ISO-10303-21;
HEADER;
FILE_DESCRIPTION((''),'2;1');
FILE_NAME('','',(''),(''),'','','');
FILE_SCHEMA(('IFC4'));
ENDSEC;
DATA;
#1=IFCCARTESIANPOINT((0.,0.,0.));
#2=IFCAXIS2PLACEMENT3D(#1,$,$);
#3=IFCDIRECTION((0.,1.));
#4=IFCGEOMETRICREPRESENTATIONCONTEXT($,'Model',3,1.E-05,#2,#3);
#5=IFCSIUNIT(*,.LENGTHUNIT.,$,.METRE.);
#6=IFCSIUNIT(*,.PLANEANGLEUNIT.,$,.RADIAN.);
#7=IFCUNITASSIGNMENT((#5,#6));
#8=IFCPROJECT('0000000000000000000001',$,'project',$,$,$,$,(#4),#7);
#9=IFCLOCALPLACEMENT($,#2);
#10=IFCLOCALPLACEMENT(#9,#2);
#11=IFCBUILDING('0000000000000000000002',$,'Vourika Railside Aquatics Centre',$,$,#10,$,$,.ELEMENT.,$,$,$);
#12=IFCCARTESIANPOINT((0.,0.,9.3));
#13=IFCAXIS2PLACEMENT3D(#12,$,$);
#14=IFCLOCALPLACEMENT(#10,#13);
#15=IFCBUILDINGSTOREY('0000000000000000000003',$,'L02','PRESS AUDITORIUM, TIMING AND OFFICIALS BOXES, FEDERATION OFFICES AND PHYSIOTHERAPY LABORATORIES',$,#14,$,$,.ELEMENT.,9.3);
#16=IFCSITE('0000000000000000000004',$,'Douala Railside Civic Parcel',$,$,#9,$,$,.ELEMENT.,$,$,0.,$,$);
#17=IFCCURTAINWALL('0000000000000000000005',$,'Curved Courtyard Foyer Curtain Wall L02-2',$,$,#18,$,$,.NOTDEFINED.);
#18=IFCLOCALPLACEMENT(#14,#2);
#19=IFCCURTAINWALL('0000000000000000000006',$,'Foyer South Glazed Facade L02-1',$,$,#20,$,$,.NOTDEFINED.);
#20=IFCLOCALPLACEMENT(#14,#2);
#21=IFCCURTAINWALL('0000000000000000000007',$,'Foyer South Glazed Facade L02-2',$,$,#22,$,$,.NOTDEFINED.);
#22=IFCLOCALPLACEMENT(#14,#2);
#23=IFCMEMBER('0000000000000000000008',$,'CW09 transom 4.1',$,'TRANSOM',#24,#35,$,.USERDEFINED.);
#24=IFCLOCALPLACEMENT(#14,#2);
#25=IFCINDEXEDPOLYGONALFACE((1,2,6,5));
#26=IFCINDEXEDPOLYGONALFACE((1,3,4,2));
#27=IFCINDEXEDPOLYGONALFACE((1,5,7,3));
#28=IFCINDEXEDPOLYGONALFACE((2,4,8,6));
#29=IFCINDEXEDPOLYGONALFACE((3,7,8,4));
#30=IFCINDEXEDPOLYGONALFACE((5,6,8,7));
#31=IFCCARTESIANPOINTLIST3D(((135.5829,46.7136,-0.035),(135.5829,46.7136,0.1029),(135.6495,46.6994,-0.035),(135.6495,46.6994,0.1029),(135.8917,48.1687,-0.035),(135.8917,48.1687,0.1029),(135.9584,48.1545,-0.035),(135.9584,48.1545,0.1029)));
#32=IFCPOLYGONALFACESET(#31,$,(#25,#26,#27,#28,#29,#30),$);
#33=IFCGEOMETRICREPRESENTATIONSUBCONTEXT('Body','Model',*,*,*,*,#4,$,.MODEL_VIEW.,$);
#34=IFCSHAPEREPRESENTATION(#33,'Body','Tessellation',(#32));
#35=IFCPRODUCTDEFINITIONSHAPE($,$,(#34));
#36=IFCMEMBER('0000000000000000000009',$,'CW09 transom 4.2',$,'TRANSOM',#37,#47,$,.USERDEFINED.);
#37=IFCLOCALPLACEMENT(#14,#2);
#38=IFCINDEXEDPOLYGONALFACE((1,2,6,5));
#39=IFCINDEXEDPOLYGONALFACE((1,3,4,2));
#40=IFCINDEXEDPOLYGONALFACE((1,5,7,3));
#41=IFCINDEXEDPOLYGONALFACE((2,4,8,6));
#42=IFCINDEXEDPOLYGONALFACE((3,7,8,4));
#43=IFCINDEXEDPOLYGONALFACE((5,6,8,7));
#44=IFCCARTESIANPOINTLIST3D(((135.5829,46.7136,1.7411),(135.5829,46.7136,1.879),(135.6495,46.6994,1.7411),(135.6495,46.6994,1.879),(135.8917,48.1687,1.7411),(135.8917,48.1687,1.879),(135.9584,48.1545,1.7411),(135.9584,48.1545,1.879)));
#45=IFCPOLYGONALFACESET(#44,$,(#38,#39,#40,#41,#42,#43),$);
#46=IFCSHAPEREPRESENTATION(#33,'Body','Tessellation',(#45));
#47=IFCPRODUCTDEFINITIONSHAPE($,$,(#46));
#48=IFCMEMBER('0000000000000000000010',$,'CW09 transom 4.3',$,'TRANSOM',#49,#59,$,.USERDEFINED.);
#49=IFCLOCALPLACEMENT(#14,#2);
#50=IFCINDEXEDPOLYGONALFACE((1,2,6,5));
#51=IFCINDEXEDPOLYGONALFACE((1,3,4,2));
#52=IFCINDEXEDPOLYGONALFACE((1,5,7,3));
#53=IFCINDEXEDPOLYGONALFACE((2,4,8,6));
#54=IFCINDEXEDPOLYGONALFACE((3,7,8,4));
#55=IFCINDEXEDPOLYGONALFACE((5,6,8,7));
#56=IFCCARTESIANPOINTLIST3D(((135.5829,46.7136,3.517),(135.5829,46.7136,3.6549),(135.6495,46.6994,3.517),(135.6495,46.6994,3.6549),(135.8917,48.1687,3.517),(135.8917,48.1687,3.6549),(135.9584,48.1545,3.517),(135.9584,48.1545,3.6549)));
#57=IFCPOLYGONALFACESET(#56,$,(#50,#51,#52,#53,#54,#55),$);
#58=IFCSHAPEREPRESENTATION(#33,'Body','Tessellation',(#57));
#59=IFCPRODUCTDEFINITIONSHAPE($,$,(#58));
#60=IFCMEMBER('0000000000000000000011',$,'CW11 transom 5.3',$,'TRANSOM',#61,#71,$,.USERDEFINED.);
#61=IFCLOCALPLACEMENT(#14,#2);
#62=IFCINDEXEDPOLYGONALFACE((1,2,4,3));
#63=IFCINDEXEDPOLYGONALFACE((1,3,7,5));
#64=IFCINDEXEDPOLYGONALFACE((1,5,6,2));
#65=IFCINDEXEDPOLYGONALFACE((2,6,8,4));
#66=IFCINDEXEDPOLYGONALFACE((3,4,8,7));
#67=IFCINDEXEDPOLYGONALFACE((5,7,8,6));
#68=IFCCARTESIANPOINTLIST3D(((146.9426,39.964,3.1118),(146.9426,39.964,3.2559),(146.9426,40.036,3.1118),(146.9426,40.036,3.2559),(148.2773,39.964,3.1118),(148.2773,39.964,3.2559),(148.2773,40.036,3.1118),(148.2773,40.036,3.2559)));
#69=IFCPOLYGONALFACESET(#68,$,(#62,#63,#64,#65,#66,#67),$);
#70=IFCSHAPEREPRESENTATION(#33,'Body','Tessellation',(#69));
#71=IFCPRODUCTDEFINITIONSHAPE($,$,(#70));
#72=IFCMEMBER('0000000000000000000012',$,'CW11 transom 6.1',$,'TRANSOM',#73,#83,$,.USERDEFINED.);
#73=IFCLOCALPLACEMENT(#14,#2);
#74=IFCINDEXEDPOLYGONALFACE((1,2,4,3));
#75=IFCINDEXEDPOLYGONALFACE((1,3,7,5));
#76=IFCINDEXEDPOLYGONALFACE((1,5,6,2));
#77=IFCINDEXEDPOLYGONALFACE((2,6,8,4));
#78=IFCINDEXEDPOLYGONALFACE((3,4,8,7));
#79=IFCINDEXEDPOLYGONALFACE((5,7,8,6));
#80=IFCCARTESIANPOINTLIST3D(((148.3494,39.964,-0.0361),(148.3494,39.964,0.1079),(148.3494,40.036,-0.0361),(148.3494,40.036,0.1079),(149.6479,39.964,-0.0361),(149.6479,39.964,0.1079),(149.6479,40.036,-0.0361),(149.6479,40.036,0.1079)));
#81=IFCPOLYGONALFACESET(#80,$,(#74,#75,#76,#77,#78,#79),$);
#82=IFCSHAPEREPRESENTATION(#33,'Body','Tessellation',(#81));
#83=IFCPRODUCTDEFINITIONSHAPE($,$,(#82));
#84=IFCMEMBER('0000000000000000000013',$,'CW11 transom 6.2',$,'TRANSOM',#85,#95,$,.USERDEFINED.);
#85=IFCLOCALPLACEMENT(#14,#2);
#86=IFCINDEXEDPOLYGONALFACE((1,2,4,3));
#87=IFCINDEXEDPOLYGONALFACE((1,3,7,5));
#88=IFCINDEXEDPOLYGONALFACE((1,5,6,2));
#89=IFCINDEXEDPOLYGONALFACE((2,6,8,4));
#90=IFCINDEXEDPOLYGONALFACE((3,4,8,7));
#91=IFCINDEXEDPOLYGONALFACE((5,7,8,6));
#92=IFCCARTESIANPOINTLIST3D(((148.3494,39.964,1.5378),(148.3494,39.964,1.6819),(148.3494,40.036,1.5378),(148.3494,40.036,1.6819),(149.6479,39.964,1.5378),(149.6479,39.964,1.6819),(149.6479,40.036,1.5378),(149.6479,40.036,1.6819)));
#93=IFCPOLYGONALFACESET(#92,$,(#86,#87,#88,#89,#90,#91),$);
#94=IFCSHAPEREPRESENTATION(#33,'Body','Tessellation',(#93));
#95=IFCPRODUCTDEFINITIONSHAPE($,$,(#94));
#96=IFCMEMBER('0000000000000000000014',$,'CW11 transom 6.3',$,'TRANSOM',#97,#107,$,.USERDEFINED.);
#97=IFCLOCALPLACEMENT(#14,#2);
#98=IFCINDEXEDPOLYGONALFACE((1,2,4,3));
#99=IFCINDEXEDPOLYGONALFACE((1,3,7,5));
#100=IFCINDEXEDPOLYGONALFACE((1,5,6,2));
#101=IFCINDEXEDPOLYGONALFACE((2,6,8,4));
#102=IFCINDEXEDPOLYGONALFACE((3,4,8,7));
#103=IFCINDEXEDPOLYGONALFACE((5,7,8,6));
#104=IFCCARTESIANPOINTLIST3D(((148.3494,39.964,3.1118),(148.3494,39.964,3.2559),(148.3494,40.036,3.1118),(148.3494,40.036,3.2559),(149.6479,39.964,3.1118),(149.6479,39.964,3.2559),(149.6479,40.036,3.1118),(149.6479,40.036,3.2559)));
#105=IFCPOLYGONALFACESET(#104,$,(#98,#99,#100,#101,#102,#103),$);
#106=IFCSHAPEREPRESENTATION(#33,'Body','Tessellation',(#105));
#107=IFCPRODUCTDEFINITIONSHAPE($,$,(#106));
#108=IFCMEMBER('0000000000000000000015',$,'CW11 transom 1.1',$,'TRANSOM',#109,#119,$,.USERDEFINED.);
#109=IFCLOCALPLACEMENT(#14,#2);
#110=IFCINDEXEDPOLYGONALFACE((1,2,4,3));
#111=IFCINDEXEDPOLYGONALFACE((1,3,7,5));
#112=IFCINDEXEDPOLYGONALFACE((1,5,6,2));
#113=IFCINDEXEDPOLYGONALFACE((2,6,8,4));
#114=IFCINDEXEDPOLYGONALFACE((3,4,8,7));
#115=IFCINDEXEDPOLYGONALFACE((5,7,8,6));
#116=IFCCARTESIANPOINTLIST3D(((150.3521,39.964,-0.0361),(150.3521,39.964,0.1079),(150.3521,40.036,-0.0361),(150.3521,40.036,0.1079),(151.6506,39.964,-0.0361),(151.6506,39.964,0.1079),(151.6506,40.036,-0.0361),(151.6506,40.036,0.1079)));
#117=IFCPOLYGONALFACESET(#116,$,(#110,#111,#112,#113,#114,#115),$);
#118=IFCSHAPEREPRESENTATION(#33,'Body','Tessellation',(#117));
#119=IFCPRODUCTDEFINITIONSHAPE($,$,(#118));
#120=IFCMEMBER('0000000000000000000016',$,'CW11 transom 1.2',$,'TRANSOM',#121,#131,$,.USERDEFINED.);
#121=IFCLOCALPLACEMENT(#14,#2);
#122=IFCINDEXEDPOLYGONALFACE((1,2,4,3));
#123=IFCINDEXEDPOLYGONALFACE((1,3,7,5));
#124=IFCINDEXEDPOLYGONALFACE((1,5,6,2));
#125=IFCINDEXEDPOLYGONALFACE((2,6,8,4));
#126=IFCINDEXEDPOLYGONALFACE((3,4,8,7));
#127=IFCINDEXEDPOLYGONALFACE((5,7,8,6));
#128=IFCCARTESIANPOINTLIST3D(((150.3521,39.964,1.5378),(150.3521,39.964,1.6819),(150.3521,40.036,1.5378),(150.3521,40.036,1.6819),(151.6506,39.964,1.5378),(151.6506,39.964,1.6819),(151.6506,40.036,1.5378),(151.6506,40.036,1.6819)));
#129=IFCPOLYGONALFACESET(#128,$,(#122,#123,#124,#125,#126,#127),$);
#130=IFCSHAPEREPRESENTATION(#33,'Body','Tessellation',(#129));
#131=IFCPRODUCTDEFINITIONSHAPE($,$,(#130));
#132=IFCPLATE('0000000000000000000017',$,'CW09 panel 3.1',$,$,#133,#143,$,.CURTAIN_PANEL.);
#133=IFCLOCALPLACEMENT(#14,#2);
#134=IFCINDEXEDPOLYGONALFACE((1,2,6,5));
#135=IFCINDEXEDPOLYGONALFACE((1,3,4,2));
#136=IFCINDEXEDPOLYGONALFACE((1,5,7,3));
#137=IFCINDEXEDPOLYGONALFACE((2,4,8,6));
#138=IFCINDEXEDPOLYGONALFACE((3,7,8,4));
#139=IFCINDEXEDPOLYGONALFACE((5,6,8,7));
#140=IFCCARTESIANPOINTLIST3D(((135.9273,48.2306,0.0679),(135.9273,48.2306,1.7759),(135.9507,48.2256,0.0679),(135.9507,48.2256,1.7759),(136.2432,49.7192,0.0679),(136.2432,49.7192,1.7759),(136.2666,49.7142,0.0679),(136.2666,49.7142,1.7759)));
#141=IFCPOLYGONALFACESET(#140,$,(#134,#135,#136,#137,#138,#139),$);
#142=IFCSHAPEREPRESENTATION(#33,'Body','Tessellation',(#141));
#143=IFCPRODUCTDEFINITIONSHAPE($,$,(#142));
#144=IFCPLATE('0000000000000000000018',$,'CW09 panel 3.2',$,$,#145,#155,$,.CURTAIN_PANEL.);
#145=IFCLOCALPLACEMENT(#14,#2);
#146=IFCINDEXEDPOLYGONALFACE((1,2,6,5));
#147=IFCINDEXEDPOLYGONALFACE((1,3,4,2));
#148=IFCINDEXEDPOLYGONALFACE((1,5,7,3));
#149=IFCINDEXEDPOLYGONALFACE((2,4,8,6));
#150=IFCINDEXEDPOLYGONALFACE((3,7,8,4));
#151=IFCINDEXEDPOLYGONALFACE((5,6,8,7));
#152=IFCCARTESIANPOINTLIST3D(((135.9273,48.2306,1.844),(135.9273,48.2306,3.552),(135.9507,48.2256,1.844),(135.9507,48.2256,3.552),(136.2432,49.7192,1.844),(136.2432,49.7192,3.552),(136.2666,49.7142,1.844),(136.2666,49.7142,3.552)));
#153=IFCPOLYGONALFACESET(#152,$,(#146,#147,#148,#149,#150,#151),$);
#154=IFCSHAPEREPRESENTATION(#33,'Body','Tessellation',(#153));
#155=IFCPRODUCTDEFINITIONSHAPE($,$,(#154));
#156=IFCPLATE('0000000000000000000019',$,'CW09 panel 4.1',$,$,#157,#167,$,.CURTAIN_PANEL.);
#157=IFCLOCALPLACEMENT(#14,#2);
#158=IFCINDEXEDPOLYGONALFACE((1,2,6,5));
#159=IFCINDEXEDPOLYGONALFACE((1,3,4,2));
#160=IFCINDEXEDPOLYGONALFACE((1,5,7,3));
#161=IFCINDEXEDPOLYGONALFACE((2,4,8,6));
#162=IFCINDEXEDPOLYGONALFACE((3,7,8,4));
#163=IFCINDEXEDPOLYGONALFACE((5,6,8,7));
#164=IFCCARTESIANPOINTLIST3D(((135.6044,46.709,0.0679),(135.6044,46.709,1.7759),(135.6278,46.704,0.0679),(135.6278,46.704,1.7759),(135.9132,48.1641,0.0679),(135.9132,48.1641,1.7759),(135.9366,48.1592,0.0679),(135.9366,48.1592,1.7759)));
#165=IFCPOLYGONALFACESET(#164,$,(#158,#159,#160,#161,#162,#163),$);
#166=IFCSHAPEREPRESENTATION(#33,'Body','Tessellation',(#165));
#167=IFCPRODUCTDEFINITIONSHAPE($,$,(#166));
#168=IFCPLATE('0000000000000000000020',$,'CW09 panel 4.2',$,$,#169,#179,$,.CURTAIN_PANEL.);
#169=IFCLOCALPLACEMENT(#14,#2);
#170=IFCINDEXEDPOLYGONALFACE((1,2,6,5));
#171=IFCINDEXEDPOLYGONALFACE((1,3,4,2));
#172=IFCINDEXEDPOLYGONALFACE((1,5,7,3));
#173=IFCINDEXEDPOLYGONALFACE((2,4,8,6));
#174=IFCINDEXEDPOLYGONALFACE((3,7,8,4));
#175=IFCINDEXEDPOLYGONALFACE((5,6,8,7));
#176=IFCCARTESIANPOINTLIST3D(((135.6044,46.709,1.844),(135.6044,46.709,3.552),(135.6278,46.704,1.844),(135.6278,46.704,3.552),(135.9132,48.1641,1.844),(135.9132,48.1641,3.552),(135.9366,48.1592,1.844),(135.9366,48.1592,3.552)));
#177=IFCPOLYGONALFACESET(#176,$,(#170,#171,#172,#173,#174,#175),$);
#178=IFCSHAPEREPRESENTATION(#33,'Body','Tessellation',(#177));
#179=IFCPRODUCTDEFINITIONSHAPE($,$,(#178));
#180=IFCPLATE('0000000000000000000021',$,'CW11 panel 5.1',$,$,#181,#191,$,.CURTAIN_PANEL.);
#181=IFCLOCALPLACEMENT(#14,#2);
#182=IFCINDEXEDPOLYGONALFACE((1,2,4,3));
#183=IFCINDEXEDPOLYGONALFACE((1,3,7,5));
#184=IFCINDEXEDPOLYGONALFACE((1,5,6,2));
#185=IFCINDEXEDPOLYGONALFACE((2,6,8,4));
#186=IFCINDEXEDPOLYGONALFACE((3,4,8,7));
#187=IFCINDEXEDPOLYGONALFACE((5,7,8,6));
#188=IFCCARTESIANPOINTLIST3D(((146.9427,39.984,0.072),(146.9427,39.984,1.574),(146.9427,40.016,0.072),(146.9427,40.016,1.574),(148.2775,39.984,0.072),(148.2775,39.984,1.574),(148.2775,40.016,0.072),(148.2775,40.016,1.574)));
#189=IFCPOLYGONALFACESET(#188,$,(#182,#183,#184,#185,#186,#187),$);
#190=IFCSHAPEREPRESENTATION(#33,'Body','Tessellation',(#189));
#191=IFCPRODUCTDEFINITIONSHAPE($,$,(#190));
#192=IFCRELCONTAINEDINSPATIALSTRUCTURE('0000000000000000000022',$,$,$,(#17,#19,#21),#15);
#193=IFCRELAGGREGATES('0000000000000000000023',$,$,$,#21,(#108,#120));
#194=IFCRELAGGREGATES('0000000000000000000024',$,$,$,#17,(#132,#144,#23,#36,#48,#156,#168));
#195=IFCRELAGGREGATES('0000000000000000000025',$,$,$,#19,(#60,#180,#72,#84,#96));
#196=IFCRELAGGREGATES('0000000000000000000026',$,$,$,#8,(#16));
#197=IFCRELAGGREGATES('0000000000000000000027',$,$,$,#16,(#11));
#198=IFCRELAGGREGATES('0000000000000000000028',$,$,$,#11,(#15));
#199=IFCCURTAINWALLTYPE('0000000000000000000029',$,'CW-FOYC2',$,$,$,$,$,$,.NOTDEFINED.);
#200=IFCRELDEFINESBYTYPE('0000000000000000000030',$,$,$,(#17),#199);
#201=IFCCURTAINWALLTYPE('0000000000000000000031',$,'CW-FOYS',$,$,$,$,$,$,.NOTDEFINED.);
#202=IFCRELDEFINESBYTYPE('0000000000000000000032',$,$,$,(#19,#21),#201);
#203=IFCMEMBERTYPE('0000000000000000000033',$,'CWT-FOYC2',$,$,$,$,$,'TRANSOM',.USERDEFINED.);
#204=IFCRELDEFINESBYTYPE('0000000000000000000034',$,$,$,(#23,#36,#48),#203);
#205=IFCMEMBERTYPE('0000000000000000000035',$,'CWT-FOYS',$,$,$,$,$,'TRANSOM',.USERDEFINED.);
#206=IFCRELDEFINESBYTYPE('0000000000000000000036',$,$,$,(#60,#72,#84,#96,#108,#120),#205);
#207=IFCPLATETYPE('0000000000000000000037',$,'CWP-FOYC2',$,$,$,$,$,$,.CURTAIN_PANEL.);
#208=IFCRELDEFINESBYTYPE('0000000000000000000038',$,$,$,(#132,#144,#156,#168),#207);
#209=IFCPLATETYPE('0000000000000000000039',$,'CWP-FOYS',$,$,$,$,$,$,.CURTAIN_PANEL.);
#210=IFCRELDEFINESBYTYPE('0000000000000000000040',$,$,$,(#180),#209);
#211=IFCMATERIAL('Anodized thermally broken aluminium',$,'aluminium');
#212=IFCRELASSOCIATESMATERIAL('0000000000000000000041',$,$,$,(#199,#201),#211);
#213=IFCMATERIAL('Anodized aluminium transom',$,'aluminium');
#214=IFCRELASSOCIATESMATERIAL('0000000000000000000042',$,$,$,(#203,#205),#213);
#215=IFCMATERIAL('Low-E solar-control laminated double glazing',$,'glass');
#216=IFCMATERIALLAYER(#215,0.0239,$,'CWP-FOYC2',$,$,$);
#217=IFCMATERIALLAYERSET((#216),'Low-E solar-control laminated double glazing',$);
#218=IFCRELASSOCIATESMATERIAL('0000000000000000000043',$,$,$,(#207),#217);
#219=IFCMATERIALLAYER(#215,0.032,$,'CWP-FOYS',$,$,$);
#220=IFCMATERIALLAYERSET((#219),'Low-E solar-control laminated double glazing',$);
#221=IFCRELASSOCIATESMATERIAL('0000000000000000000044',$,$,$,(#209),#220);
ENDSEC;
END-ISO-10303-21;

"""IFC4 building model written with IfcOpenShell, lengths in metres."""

from ifc_helpers import new_model, si_unit, direction, frame, origin, origin_2d, place, context, subcontext, project, spatial, rectangle, extrude, material, layer, layer_set, material_profile, profile_set, type_object, element, aggregate, save


model = new_model("IFC4")

# Units and contexts
model_context = context("Model", 3, precision=1e-05, world=origin(), true_north=direction((0.0, 1.0)))
body_context = subcontext(model_context, "Body", "Model", "MODEL_VIEW")
ifc_project = project(units=[si_unit("LENGTHUNIT", "METRE"), si_unit("PLANEANGLEUNIT", "RADIAN")], contexts=[model_context])

# Site, building, storey
site_placement = place(None, origin())
site = spatial("IfcSite", under=ifc_project, at=site_placement, Name="Douala Railside Civic Parcel", CompositionType="ELEMENT", RefElevation=0.0)
building_placement = place(site_placement, origin())
building = spatial("IfcBuilding", under=site, at=building_placement, Name="Vourika Railside Aquatics Centre", CompositionType="ELEMENT")
storey_placement = place(building_placement, frame((0.0, 0.0, 9.3)))
storey = spatial("IfcBuildingStorey", under=building, at=storey_placement, Name="L02", Description="PRESS AUDITORIUM, TIMING AND OFFICIALS BOXES, FEDERATION OFFICES AND PHYSIOTHERAPY LABORATORIES", CompositionType="ELEMENT", Elevation=9.3)

# Curtain wall
ifc_material_1 = material(Name="Anodized thermally broken aluminium", Category="aluminium")
curtain_wall_type_1 = type_object("IfcCurtainWallType", Name="CW-FOYC2", PredefinedType="NOTDEFINED", material=ifc_material_1)
curtain_wall_1_placement = place(storey_placement, origin())
curtain_wall_1 = element("IfcCurtainWall", 1, at=curtain_wall_1_placement, inside=storey, type_object=curtain_wall_type_1, Name="Curved Courtyard Foyer Curtain Wall L02-2", PredefinedType="NOTDEFINED")

# Curtain wall
curtain_wall_type_2 = type_object("IfcCurtainWallType", Name="CW-FOYS", PredefinedType="NOTDEFINED", material=ifc_material_1)
curtain_wall_2_placement = place(storey_placement, origin())
curtain_wall_2 = element("IfcCurtainWall", 2, at=curtain_wall_2_placement, inside=storey, type_object=curtain_wall_type_2, Name="Foyer South Glazed Facade L02-1", PredefinedType="NOTDEFINED")

# Curtain wall
curtain_wall_3_placement = place(storey_placement, origin())
curtain_wall_3 = element("IfcCurtainWall", 3, at=curtain_wall_3_placement, inside=storey, type_object=curtain_wall_type_2, Name="Foyer South Glazed Facade L02-2", PredefinedType="NOTDEFINED")

# Members
ifc_material_2 = material(Name="Anodized aluminium transom", Category="aluminium")
ifc_material_profile_1 = material_profile(ifc_material_2, rectangle(XDim=0.0681, YDim=0.1379, at=origin_2d()), Name="ALU-T 68x138")
ifc_profile_set_1 = profile_set([ifc_material_profile_1], Name="Anodized aluminium transom")
member_type_1 = type_object("IfcMemberType", Name="CWT-FOYC2", ElementType="TRANSOM", PredefinedType="USERDEFINED", material=ifc_profile_set_1)
member_1_placement = place(storey_placement, frame((135.925, 48.1616, 0.0339), z_axis=(-0.207623, -0.978209, 0.0), x_axis=(0.978209, -0.207623, 0.0)))
member_1 = element("IfcMember", 4, at=member_1_placement, type_object=member_type_1, Name="CW09 transom 4.1", ObjectType="TRANSOM", PredefinedType="USERDEFINED", context=body_context, shape_type="SweptSolid", body=[
    extrude(rectangle(XDim=0.0681, YDim=0.1379, at=origin_2d()), origin(), (0.0, 0.0, 1.0), 1.4875),
])
member_2_placement = place(storey_placement, frame((135.925, 48.1616, 1.8101), z_axis=(-0.207623, -0.978209, 0.0), x_axis=(0.978209, -0.207623, 0.0)))
member_2 = element("IfcMember", 5, at=member_2_placement, type_object=member_type_1, Name="CW09 transom 4.2", ObjectType="TRANSOM", PredefinedType="USERDEFINED", context=body_context, shape_type="SweptSolid", body=[
    extrude(rectangle(XDim=0.0681, YDim=0.1379, at=origin_2d()), origin(), (0.0, 0.0, 1.0), 1.4875),
])
member_3_placement = place(storey_placement, frame((135.925, 48.1616, 3.5859), z_axis=(-0.207623, -0.978209, 0.0), x_axis=(0.978209, -0.207623, 0.0)))
member_3 = element("IfcMember", 6, at=member_3_placement, type_object=member_type_1, Name="CW09 transom 4.3", ObjectType="TRANSOM", PredefinedType="USERDEFINED", context=body_context, shape_type="SweptSolid", body=[
    extrude(rectangle(XDim=0.0681, YDim=0.1379, at=origin_2d()), origin(), (0.0, 0.0, 1.0), 1.4875),
])
ifc_material_profile_2 = material_profile(ifc_material_2, rectangle(XDim=0.072, YDim=0.144, at=origin_2d()), Name="ALU-T 72x144")
ifc_profile_set_2 = profile_set([ifc_material_profile_2], Name="Anodized aluminium transom")
member_type_2 = type_object("IfcMemberType", Name="CWT-FOYS", ElementType="TRANSOM", PredefinedType="USERDEFINED", material=ifc_profile_set_2)
member_4_placement = place(storey_placement, frame((146.9426, 40.0, 3.1838), z_axis=(1.0, 0.0, 0.0), x_axis=(0.0, 1.0, 0.0)))
member_4 = element("IfcMember", 7, at=member_4_placement, type_object=member_type_2, Name="CW11 transom 5.3", ObjectType="TRANSOM", PredefinedType="USERDEFINED", context=body_context, shape_type="SweptSolid", body=[
    extrude(rectangle(XDim=0.072, YDim=0.144, at=origin_2d()), origin(), (0.0, 0.0, 1.0), 1.3347),
])
member_5_placement = place(storey_placement, frame((148.3494, 40.0, 0.0359), z_axis=(1.0, 0.0, 0.0), x_axis=(0.0, 1.0, 0.0)))
member_5 = element("IfcMember", 8, at=member_5_placement, type_object=member_type_2, Name="CW11 transom 6.1", ObjectType="TRANSOM", PredefinedType="USERDEFINED", context=body_context, shape_type="SweptSolid", body=[
    extrude(rectangle(XDim=0.072, YDim=0.144, at=origin_2d()), origin(), (0.0, 0.0, 1.0), 1.2986),
])
member_6_placement = place(storey_placement, frame((148.3494, 40.0, 1.6099), z_axis=(1.0, 0.0, 0.0), x_axis=(0.0, 1.0, 0.0)))
member_6 = element("IfcMember", 9, at=member_6_placement, type_object=member_type_2, Name="CW11 transom 6.2", ObjectType="TRANSOM", PredefinedType="USERDEFINED", context=body_context, shape_type="SweptSolid", body=[
    extrude(rectangle(XDim=0.072, YDim=0.144, at=origin_2d()), origin(), (0.0, 0.0, 1.0), 1.2986),
])
member_7_placement = place(storey_placement, frame((148.3494, 40.0, 3.1838), z_axis=(1.0, 0.0, 0.0), x_axis=(0.0, 1.0, 0.0)))
member_7 = element("IfcMember", 10, at=member_7_placement, type_object=member_type_2, Name="CW11 transom 6.3", ObjectType="TRANSOM", PredefinedType="USERDEFINED", context=body_context, shape_type="SweptSolid", body=[
    extrude(rectangle(XDim=0.072, YDim=0.144, at=origin_2d()), origin(), (0.0, 0.0, 1.0), 1.2986),
])
member_8_placement = place(storey_placement, frame((150.3521, 40.0, 0.0359), z_axis=(1.0, 0.0, 0.0), x_axis=(0.0, 1.0, 0.0)))
member_8 = element("IfcMember", 11, at=member_8_placement, type_object=member_type_2, Name="CW11 transom 1.1", ObjectType="TRANSOM", PredefinedType="USERDEFINED", context=body_context, shape_type="SweptSolid", body=[
    extrude(rectangle(XDim=0.072, YDim=0.144, at=origin_2d()), origin(), (0.0, 0.0, 1.0), 1.2986),
])
member_9_placement = place(storey_placement, frame((150.3521, 40.0, 1.6099), z_axis=(1.0, 0.0, 0.0), x_axis=(0.0, 1.0, 0.0)))
member_9 = element("IfcMember", 12, at=member_9_placement, type_object=member_type_2, Name="CW11 transom 1.2", ObjectType="TRANSOM", PredefinedType="USERDEFINED", context=body_context, shape_type="SweptSolid", body=[
    extrude(rectangle(XDim=0.072, YDim=0.144, at=origin_2d()), origin(), (0.0, 0.0, 1.0), 1.2986),
])
aggregate(curtain_wall_3, [member_8, member_9])

# Plates
ifc_material_3 = material(Name="Low-E solar-control laminated double glazing", Category="glass")
ifc_layer_1 = layer(ifc_material_3, 0.0239, Name="CWP-FOYC2")
ifc_layer_set_1 = layer_set([ifc_layer_1], Name="Low-E solar-control laminated double glazing")
plate_type_1 = type_object("IfcPlateType", Name="CWP-FOYC2", PredefinedType="CURTAIN_PANEL", material=ifc_layer_set_1)
plate_1_placement = place(storey_placement, frame((136.0969, 48.9724, 0.0679), z_axis=(0.0, 0.0, 1.0), x_axis=(-0.207595, -0.978215, 0.0)))
plate_1 = element("IfcPlate", 13, at=plate_1_placement, type_object=plate_type_1, Name="CW09 panel 3.1", PredefinedType="CURTAIN_PANEL", context=body_context, shape_type="SweptSolid", body=[
    extrude(rectangle(XDim=1.5217, YDim=0.0239, at=origin_2d()), origin(), (0.0, 0.0, 1.0), 1.708),
])
plate_2_placement = place(storey_placement, frame((136.0969, 48.9724, 1.844), z_axis=(0.0, 0.0, 1.0), x_axis=(-0.207595, -0.978215, 0.0)))
plate_2 = element("IfcPlate", 14, at=plate_2_placement, type_object=plate_type_1, Name="CW09 panel 3.2", PredefinedType="CURTAIN_PANEL", context=body_context, shape_type="SweptSolid", body=[
    extrude(rectangle(XDim=1.5217, YDim=0.0239, at=origin_2d()), origin(), (0.0, 0.0, 1.0), 1.708),
])
plate_3_placement = place(storey_placement, frame((135.7705, 47.4341, 0.0679), z_axis=(0.0, 0.0, 1.0), x_axis=(-0.207595, -0.978215, 0.0)))
plate_3 = element("IfcPlate", 15, at=plate_3_placement, type_object=plate_type_1, Name="CW09 panel 4.1", PredefinedType="CURTAIN_PANEL", context=body_context, shape_type="SweptSolid", body=[
    extrude(rectangle(XDim=1.4875, YDim=0.0239, at=origin_2d()), origin(), (0.0, 0.0, 1.0), 1.708),
])
plate_4_placement = place(storey_placement, frame((135.7705, 47.4341, 1.844), z_axis=(0.0, 0.0, 1.0), x_axis=(-0.207595, -0.978215, 0.0)))
plate_4 = element("IfcPlate", 16, at=plate_4_placement, type_object=plate_type_1, Name="CW09 panel 4.2", PredefinedType="CURTAIN_PANEL", context=body_context, shape_type="SweptSolid", body=[
    extrude(rectangle(XDim=1.4875, YDim=0.0239, at=origin_2d()), origin(), (0.0, 0.0, 1.0), 1.708),
])
aggregate(curtain_wall_1, [plate_1, plate_2, member_1, member_2, member_3, plate_3, plate_4])
ifc_layer_2 = layer(ifc_material_3, 0.032, Name="CWP-FOYS")
ifc_layer_set_2 = layer_set([ifc_layer_2], Name="Low-E solar-control laminated double glazing")
plate_type_2 = type_object("IfcPlateType", Name="CWP-FOYS", PredefinedType="CURTAIN_PANEL", material=ifc_layer_set_2)
plate_5_placement = place(storey_placement, frame((147.6101, 40.0, 0.072), z_axis=(0.0, 0.0, 1.0), x_axis=(1.0, 0.0, 0.0)))
plate_5 = element("IfcPlate", 17, at=plate_5_placement, type_object=plate_type_2, Name="CW11 panel 5.1", PredefinedType="CURTAIN_PANEL", context=body_context, shape_type="SweptSolid", body=[
    extrude(rectangle(XDim=1.3347, YDim=0.032, at=origin_2d()), origin(), (0.0, 0.0, 1.0), 1.502),
])
aggregate(curtain_wall_2, [member_4, plate_5, member_5, member_6, member_7])

save(model, "model.ifc")
